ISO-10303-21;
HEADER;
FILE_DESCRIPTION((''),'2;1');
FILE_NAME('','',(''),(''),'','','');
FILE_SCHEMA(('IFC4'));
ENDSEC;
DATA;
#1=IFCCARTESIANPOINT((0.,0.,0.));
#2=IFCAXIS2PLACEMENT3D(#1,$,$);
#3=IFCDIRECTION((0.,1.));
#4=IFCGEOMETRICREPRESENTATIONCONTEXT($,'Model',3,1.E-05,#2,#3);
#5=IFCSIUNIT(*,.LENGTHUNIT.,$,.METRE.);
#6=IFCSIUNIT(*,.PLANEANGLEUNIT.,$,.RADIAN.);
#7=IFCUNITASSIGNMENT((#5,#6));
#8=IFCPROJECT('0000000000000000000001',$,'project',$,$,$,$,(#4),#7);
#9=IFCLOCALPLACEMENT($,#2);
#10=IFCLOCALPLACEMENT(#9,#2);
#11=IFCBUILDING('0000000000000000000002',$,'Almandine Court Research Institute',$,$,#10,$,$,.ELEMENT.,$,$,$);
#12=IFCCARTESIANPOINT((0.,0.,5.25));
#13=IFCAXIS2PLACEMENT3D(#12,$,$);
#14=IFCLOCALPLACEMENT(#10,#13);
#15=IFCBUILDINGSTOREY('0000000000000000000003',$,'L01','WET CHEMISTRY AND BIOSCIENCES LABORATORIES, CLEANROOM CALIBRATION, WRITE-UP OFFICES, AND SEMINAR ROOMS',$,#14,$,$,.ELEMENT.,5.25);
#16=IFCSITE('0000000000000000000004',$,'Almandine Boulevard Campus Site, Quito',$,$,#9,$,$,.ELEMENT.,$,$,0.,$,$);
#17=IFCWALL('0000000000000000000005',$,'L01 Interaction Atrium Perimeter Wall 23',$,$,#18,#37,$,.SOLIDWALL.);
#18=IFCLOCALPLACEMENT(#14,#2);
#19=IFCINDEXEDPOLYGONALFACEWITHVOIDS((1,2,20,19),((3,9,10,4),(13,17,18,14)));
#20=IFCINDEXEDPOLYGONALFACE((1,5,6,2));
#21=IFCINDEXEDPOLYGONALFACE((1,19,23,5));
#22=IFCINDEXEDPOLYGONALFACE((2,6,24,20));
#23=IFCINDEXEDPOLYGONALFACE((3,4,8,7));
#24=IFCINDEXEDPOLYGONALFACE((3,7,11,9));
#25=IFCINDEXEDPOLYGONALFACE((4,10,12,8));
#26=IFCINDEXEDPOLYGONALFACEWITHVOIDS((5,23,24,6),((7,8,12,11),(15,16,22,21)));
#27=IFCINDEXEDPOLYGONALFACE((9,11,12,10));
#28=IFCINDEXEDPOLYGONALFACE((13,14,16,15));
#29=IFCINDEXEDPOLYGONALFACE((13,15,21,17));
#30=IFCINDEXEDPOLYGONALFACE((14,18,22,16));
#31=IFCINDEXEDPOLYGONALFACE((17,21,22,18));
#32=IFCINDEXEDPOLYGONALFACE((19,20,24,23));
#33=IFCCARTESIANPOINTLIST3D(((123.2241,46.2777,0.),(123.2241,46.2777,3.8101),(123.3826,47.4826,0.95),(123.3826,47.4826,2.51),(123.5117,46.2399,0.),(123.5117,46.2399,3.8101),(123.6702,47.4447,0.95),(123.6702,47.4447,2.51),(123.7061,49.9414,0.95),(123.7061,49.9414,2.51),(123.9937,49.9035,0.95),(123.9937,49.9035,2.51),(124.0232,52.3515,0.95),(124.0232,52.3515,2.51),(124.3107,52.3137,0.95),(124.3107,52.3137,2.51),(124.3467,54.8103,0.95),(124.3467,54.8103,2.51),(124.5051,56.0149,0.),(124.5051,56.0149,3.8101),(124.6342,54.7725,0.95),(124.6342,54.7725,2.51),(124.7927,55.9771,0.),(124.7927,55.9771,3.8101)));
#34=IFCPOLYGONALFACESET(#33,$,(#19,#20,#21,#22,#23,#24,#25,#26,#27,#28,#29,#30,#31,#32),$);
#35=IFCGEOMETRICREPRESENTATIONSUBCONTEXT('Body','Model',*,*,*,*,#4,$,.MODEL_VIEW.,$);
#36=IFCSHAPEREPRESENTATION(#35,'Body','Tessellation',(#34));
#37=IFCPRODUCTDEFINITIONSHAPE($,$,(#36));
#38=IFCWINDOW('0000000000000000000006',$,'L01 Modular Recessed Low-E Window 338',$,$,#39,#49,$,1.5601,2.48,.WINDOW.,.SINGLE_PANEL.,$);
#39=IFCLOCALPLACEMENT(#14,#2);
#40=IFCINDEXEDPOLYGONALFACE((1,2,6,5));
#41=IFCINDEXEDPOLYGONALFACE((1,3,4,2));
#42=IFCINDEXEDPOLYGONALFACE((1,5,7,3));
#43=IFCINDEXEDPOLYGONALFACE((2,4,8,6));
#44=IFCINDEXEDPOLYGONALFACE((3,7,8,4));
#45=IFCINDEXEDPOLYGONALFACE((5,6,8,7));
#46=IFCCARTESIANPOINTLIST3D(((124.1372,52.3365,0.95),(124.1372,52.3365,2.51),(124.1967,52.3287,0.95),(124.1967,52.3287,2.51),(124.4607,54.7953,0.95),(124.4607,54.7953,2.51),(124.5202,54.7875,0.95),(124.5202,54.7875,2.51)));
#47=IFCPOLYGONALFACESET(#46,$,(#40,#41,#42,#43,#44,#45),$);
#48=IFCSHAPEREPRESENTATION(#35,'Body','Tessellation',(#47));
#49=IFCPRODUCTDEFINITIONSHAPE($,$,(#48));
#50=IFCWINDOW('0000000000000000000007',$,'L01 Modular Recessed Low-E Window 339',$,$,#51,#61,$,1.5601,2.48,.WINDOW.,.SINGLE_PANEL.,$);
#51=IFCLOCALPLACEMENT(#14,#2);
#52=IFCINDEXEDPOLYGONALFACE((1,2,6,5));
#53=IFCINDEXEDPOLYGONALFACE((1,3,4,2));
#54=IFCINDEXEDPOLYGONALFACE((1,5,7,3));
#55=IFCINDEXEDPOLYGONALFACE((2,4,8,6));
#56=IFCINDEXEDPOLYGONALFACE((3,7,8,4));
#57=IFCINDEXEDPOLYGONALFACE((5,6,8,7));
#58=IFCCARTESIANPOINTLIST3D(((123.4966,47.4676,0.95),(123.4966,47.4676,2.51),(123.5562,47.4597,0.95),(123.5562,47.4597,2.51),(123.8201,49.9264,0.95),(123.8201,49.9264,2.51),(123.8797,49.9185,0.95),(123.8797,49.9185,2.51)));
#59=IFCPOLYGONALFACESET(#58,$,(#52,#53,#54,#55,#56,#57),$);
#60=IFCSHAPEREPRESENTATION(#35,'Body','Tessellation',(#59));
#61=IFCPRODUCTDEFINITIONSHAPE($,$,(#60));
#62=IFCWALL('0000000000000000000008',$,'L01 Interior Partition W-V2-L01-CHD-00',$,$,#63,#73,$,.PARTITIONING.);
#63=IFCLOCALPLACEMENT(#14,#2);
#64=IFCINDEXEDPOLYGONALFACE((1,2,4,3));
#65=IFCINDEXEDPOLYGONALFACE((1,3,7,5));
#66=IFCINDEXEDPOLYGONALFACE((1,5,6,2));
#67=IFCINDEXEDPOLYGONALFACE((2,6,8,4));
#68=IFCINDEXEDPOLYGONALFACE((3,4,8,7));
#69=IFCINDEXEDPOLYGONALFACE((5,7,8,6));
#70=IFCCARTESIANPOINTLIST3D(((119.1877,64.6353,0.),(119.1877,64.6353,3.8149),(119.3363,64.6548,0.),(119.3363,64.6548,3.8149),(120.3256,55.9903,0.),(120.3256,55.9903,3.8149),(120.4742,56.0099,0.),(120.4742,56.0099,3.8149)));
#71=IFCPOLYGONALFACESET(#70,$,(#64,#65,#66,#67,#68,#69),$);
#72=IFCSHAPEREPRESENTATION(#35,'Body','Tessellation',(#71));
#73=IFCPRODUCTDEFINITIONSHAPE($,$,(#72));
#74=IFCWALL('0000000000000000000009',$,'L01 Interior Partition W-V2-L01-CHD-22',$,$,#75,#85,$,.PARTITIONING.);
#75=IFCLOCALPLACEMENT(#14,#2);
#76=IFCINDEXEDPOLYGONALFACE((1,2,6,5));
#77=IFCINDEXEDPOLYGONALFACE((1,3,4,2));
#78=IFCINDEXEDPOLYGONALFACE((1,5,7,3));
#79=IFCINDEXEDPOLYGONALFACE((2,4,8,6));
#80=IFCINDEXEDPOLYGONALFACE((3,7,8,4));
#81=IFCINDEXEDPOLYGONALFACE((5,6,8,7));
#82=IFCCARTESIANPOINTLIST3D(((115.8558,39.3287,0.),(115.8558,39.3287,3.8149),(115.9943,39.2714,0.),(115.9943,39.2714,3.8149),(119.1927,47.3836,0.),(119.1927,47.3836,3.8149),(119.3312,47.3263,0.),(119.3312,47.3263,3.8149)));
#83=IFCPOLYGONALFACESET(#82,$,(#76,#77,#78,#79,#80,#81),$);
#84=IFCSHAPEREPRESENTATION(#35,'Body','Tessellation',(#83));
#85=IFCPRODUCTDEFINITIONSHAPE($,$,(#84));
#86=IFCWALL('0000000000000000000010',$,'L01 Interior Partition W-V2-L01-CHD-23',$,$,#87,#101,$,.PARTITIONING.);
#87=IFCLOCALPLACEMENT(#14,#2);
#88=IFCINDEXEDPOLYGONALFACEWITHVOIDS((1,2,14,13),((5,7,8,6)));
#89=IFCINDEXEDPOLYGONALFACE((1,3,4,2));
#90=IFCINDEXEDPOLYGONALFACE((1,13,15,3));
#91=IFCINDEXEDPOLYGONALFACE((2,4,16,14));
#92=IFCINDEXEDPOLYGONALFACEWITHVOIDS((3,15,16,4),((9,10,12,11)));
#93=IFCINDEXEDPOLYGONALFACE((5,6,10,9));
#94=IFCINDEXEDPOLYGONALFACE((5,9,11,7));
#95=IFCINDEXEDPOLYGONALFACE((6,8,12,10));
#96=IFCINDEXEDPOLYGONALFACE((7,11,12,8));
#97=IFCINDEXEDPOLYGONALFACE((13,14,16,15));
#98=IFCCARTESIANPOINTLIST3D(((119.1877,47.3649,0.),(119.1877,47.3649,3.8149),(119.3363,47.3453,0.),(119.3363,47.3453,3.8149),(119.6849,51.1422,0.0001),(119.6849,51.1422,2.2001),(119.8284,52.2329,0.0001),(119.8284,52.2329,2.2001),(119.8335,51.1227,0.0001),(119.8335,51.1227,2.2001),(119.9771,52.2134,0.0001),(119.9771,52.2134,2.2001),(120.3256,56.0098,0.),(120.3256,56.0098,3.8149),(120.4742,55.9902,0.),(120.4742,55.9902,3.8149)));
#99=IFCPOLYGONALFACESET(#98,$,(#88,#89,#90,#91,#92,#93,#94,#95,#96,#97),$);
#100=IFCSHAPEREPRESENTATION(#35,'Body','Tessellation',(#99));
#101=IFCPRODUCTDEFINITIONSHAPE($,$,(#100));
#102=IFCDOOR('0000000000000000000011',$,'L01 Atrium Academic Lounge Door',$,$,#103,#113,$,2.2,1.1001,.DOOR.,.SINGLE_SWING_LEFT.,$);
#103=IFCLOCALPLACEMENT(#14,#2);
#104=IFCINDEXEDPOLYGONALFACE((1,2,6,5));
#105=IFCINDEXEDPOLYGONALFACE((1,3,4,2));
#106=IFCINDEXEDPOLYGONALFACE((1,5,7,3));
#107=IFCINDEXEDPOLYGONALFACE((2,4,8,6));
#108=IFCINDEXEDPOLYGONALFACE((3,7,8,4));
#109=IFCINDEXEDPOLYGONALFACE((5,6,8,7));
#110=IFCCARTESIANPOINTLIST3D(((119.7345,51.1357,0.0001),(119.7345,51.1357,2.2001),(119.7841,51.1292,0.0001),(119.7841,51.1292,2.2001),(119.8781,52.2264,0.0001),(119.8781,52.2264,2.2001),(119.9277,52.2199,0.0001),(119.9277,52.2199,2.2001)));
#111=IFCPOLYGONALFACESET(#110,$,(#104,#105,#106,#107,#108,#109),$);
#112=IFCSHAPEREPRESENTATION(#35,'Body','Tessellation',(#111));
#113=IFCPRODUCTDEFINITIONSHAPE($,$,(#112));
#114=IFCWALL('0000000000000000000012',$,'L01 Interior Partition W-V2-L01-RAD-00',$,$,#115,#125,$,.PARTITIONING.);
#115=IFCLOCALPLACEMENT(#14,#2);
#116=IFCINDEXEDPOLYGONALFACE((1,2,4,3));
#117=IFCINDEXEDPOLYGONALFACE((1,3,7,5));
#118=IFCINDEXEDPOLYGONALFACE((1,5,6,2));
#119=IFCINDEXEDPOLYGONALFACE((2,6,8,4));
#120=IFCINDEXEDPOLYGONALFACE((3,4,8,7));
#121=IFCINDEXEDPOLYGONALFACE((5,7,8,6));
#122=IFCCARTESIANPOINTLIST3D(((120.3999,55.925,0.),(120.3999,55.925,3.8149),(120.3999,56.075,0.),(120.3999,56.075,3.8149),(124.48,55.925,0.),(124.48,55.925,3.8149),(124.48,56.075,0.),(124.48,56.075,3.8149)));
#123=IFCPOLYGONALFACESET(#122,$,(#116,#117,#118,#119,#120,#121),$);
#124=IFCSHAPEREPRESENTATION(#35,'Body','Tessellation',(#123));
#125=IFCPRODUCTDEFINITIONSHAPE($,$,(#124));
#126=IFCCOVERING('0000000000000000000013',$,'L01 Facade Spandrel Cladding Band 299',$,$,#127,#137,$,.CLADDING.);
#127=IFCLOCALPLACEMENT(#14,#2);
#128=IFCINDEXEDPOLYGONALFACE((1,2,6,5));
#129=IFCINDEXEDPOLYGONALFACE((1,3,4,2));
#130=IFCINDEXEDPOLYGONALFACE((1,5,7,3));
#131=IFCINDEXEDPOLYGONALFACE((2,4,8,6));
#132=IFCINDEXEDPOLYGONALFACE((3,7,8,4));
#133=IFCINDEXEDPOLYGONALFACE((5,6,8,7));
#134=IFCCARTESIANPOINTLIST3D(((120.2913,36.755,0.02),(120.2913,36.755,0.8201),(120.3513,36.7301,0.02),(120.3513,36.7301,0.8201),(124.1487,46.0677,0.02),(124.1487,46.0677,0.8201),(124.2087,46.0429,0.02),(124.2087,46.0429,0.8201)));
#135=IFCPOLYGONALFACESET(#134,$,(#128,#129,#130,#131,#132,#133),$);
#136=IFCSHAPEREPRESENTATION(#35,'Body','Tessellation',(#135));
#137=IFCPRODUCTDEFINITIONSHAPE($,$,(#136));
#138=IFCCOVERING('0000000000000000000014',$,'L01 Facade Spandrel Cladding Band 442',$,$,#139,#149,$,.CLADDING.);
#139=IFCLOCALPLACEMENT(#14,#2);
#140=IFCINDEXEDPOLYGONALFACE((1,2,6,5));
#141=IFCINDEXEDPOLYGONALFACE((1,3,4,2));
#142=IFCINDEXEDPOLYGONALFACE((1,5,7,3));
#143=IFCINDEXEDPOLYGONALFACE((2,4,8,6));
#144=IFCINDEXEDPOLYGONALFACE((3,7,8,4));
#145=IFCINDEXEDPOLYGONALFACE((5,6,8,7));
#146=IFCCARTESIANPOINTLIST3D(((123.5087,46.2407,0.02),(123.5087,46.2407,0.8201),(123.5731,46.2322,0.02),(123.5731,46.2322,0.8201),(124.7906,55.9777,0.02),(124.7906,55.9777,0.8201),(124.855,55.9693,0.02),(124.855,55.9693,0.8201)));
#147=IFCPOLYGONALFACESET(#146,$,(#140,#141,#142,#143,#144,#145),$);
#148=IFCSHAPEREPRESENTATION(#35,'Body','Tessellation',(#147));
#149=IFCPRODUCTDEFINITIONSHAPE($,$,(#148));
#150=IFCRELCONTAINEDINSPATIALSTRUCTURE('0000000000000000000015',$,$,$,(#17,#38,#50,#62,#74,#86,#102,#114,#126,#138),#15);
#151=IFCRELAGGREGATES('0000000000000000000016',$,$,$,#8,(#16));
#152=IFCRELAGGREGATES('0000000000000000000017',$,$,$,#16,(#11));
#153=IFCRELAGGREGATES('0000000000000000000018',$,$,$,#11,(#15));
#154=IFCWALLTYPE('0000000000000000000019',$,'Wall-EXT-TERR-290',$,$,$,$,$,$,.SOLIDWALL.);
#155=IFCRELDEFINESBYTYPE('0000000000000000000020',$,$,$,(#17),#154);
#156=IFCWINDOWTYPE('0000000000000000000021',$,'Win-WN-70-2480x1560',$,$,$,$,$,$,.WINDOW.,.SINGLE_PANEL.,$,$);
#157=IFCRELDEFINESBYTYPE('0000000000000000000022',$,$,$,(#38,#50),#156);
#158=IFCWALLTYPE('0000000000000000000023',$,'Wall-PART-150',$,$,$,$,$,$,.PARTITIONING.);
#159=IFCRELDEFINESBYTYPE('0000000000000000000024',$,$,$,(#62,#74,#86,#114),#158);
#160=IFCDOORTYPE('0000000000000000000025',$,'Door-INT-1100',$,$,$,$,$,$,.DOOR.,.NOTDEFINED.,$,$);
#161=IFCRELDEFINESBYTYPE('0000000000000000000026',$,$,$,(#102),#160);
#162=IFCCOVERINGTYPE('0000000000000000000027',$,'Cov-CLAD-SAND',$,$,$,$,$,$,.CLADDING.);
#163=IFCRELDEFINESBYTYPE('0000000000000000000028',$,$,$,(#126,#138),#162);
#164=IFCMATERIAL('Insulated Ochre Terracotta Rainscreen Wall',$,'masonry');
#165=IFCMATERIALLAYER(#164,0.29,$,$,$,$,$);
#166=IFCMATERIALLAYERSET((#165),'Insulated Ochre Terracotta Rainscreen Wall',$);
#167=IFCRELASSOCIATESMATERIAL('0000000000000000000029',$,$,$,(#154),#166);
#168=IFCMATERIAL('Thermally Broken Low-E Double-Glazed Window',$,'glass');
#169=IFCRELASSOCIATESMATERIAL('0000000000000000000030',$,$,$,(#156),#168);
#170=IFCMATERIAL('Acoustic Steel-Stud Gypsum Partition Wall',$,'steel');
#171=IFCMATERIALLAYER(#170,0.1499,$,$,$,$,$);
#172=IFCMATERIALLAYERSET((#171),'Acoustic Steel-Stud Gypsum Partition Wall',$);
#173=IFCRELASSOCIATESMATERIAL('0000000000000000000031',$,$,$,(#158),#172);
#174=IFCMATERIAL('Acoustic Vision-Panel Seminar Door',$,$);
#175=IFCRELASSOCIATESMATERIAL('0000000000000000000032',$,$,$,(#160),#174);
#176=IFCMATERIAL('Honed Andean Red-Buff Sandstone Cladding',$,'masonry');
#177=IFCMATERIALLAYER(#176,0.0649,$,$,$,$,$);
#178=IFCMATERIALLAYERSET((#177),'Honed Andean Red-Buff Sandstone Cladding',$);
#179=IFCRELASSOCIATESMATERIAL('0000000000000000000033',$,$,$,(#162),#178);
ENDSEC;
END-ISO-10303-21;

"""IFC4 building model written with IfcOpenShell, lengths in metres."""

from ifc_helpers import new_model, si_unit, direction, frame, frame_2d, origin, origin_2d, place, context, subcontext, project, spatial, rectangle, extrude, material, layer, layer_set, type_object, element, fill, save


model = new_model("IFC4")

# Units and contexts
model_context = context("Model", 3, precision=1e-05, world=origin(), true_north=direction((0.0, 1.0)))
body_context = subcontext(model_context, "Body", "Model", "MODEL_VIEW")
ifc_project = project(units=[si_unit("LENGTHUNIT", "METRE"), si_unit("PLANEANGLEUNIT", "RADIAN")], contexts=[model_context])

# Site, building, storey
site_placement = place(None, origin())
site = spatial("IfcSite", under=ifc_project, at=site_placement, Name="Almandine Boulevard Campus Site, Quito", CompositionType="ELEMENT", RefElevation=0.0)
building_placement = place(site_placement, origin())
building = spatial("IfcBuilding", under=site, at=building_placement, Name="Almandine Court Research Institute", CompositionType="ELEMENT")
storey_placement = place(building_placement, frame((0.0, 0.0, 5.25)))
storey = spatial("IfcBuildingStorey", under=building, at=storey_placement, Name="L01", Description="WET CHEMISTRY AND BIOSCIENCES LABORATORIES, CLEANROOM CALIBRATION, WRITE-UP OFFICES, AND SEMINAR ROOMS", CompositionType="ELEMENT", Elevation=5.25)

# Shared definitions
ifc_material_1 = material(Name="Insulated Ochre Terracotta Rainscreen Wall", Category="masonry")
ifc_layer_1 = layer(ifc_material_1, 0.29)
ifc_layer_set_1 = layer_set([ifc_layer_1], Name="Insulated Ochre Terracotta Rainscreen Wall")
wall_type_1 = type_object("IfcWallType", Name="Wall-EXT-TERR-290", PredefinedType="SOLIDWALL", material=ifc_layer_set_1)
ifc_material_2 = material(Name="Thermally Broken Low-E Double-Glazed Window", Category="glass")

# Wall, openings, windows
wall_1_placement = place(storey_placement, frame((124.6489, 55.9961, 0.0), z_axis=(0.0, 0.0, 1.0), x_axis=(-0.130436, -0.991457, 0.0)))
wall_1 = element("IfcWall", 1, at=wall_1_placement, inside=storey, type_object=wall_type_1, Name="L01 Interaction Atrium Perimeter Wall 23", PredefinedType="SOLIDWALL", context=body_context, shape_type="SweptSolid", body=[
    extrude(rectangle(XDim=9.821, YDim=0.29, at=frame_2d((4.9106, 0.0))), origin(), (0.0, 0.0, 1.0), 3.8101),
])
opening_1_placement = place(wall_1_placement, frame((1.2151, 0.0, 0.95)))
opening_1 = element("IfcOpeningElement", 2, at=opening_1_placement, cuts=wall_1, PredefinedType="OPENING", context=body_context, shape_type="SweptSolid", body=[
    extrude(rectangle(XDim=2.48, YDim=1.5601, at=frame_2d((1.24, 0.78))), frame((0.0, 0.155, 0.0), z_axis=(0.0, -1.0, 0.0), x_axis=(1.0, 0.0, 0.0)), (0.0, 0.0, 1.0), 0.3101),
])
opening_2_placement = place(wall_1_placement, frame((6.126, 0.0, 0.95)))
opening_2 = element("IfcOpeningElement", 3, at=opening_2_placement, cuts=wall_1, PredefinedType="OPENING", context=body_context, shape_type="SweptSolid", body=[
    extrude(rectangle(XDim=2.48, YDim=1.5601, at=frame_2d((1.24, 0.78))), frame((0.0, 0.155, 0.0), z_axis=(0.0, -1.0, 0.0), x_axis=(1.0, 0.0, 0.0)), (0.0, 0.0, 1.0), 0.3101),
])
window_type_1 = type_object("IfcWindowType", Name="Win-WN-70-2480x1560", PartitioningType="SINGLE_PANEL", PredefinedType="WINDOW", material=ifc_material_2)
window_1_placement = place(opening_1_placement, origin())
window_1 = element("IfcWindow", 4, at=window_1_placement, inside=storey, type_object=window_type_1, Name="L01 Modular Recessed Low-E Window 338", OverallHeight=1.5601, OverallWidth=2.48, PartitioningType="SINGLE_PANEL", PredefinedType="WINDOW", context=body_context, shape_type="SweptSolid", body=[
    extrude(rectangle(XDim=2.48, YDim=1.5601, at=frame_2d((1.24, 0.78))), frame((0.0, 0.03, 0.0), z_axis=(0.0, -1.0, 0.0), x_axis=(1.0, 0.0, 0.0)), (0.0, 0.0, 1.0), 0.0601),
])
fill(opening_1, window_1)
window_2_placement = place(opening_2_placement, origin())
window_2 = element("IfcWindow", 5, at=window_2_placement, inside=storey, type_object=window_type_1, Name="L01 Modular Recessed Low-E Window 339", OverallHeight=1.5601, OverallWidth=2.48, PartitioningType="SINGLE_PANEL", PredefinedType="WINDOW", context=body_context, shape_type="SweptSolid", body=[
    extrude(rectangle(XDim=2.48, YDim=1.5601, at=frame_2d((1.24, 0.78))), frame((0.0, 0.03, 0.0), z_axis=(0.0, -1.0, 0.0), x_axis=(1.0, 0.0, 0.0)), (0.0, 0.0, 1.0), 0.0601),
])
fill(opening_2, window_2)

# Walls
ifc_material_3 = material(Name="Acoustic Steel-Stud Gypsum Partition Wall", Category="steel")
ifc_layer_2 = layer(ifc_material_3, 0.1499)
ifc_layer_set_2 = layer_set([ifc_layer_2], Name="Acoustic Steel-Stud Gypsum Partition Wall")
wall_type_2 = type_object("IfcWallType", Name="Wall-PART-150", PredefinedType="PARTITIONING", material=ifc_layer_set_2)
wall_2_placement = place(storey_placement, frame((120.3999, 56.0, 0.0), z_axis=(0.0, 0.0, 1.0), x_axis=(-0.130504, 0.991448, 0.0)))
element("IfcWall", 6, at=wall_2_placement, inside=storey, type_object=wall_type_2, Name="L01 Interior Partition W-V2-L01-CHD-00", PredefinedType="PARTITIONING", context=body_context, shape_type="SweptSolid", body=[
    extrude(rectangle(XDim=8.7195, YDim=0.1499, at=frame_2d((4.3599, 0.0))), origin(), (0.0, 0.0, 1.0), 3.8149),
])
wall_3_placement = place(storey_placement, frame((115.925, 39.3, 0.0), z_axis=(0.0, 0.0, 1.0), x_axis=(0.382728, 0.923861, 0.0)))
element("IfcWall", 7, at=wall_3_placement, inside=storey, type_object=wall_type_2, Name="L01 Interior Partition W-V2-L01-CHD-22", PredefinedType="PARTITIONING", context=body_context, shape_type="SweptSolid", body=[
    extrude(rectangle(XDim=8.7188, YDim=0.1499, at=frame_2d((4.3594, 0.0))), origin(), (0.0, 0.0, 1.0), 3.8149),
])

# Wall, opening, door
wall_4_placement = place(storey_placement, frame((119.262, 47.355, 0.0), z_axis=(0.0, 0.0, 1.0), x_axis=(0.130504, 0.991448, 0.0)))
wall_4 = element("IfcWall", 8, at=wall_4_placement, inside=storey, type_object=wall_type_2, Name="L01 Interior Partition W-V2-L01-CHD-23", PredefinedType="PARTITIONING", context=body_context, shape_type="SweptSolid", body=[
    extrude(rectangle(XDim=8.7195, YDim=0.1499, at=frame_2d((4.3599, 0.0))), origin(), (0.0, 0.0, 1.0), 3.8149),
])
opening_3_placement = place(wall_4_placement, frame((3.8101, 0.0, 0.0)))
opening_3 = element("IfcOpeningElement", 9, at=opening_3_placement, cuts=wall_4, PredefinedType="OPENING", context=body_context, shape_type="SweptSolid", body=[
    extrude(rectangle(XDim=1.1001, YDim=2.2, at=frame_2d((0.55, 1.1001))), frame((0.0, 0.085, 0.0), z_axis=(0.0, -1.0, 0.0), x_axis=(1.0, 0.0, 0.0)), (0.0, 0.0, 1.0), 0.1699),
])
ifc_material_4 = material(Name="Acoustic Vision-Panel Seminar Door")
door_type = type_object("IfcDoorType", Name="Door-INT-1100", OperationType="NOTDEFINED", PredefinedType="DOOR", material=ifc_material_4)
door_placement = place(opening_3_placement, origin())
door = element("IfcDoor", 10, at=door_placement, inside=storey, type_object=door_type, Name="L01 Atrium Academic Lounge Door", OperationType="SINGLE_SWING_LEFT", OverallHeight=2.2, OverallWidth=1.1001, PredefinedType="DOOR", context=body_context, shape_type="SweptSolid", body=[
    extrude(rectangle(XDim=1.1001, YDim=2.2, at=frame_2d((0.55, 1.1001))), frame((0.0, 0.0249, 0.0), z_axis=(0.0, -1.0, 0.0), x_axis=(1.0, 0.0, 0.0)), (0.0, 0.0, 1.0), 0.05),
])
fill(opening_3, door)

# Wall
wall_5_placement = place(storey_placement, frame((120.3999, 56.0, 0.0), z_axis=(0.0, 0.0, 1.0), x_axis=(1.0, 0.0, 0.0)))
element("IfcWall", 11, at=wall_5_placement, inside=storey, type_object=wall_type_2, Name="L01 Interior Partition W-V2-L01-RAD-00", PredefinedType="PARTITIONING", context=body_context, shape_type="SweptSolid", body=[
    extrude(rectangle(XDim=4.0801, YDim=0.1499, at=frame_2d((2.04, 0.0))), origin(), (0.0, 0.0, 1.0), 3.8149),
])

# Coverings
ifc_material_5 = material(Name="Honed Andean Red-Buff Sandstone Cladding", Category="masonry")
ifc_layer_3 = layer(ifc_material_5, 0.0649)
ifc_layer_set_3 = layer_set([ifc_layer_3], Name="Honed Andean Red-Buff Sandstone Cladding")
covering_type = type_object("IfcCoveringType", Name="Cov-CLAD-SAND", PredefinedType="CLADDING", material=ifc_layer_set_3)
covering_1_placement = place(storey_placement, frame((122.25, 41.3989, 0.02), z_axis=(0.0, 0.0, 1.0), x_axis=(0.382683, 0.92388, 0.0)))
element("IfcCovering", 12, at=covering_1_placement, inside=storey, type_object=covering_type, Name="L01 Facade Spandrel Cladding Band 299", PredefinedType="CLADDING", context=body_context, shape_type="SweptSolid", body=[
    extrude(rectangle(XDim=10.0801, YDim=0.0649, at=origin_2d()), origin(), (0.0, 0.0, 1.0), 0.8),
])
covering_2_placement = place(storey_placement, frame((124.1819, 51.105, 0.02), z_axis=(0.0, 0.0, 1.0), x_axis=(-0.130526, -0.991445, 0.0)))
element("IfcCovering", 13, at=covering_2_placement, inside=storey, type_object=covering_type, Name="L01 Facade Spandrel Cladding Band 442", PredefinedType="CLADDING", context=body_context, shape_type="SweptSolid", body=[
    extrude(rectangle(XDim=9.821, YDim=0.0649, at=origin_2d()), origin(), (0.0, 0.0, 1.0), 0.8),
])

save(model, "model.ifc")
